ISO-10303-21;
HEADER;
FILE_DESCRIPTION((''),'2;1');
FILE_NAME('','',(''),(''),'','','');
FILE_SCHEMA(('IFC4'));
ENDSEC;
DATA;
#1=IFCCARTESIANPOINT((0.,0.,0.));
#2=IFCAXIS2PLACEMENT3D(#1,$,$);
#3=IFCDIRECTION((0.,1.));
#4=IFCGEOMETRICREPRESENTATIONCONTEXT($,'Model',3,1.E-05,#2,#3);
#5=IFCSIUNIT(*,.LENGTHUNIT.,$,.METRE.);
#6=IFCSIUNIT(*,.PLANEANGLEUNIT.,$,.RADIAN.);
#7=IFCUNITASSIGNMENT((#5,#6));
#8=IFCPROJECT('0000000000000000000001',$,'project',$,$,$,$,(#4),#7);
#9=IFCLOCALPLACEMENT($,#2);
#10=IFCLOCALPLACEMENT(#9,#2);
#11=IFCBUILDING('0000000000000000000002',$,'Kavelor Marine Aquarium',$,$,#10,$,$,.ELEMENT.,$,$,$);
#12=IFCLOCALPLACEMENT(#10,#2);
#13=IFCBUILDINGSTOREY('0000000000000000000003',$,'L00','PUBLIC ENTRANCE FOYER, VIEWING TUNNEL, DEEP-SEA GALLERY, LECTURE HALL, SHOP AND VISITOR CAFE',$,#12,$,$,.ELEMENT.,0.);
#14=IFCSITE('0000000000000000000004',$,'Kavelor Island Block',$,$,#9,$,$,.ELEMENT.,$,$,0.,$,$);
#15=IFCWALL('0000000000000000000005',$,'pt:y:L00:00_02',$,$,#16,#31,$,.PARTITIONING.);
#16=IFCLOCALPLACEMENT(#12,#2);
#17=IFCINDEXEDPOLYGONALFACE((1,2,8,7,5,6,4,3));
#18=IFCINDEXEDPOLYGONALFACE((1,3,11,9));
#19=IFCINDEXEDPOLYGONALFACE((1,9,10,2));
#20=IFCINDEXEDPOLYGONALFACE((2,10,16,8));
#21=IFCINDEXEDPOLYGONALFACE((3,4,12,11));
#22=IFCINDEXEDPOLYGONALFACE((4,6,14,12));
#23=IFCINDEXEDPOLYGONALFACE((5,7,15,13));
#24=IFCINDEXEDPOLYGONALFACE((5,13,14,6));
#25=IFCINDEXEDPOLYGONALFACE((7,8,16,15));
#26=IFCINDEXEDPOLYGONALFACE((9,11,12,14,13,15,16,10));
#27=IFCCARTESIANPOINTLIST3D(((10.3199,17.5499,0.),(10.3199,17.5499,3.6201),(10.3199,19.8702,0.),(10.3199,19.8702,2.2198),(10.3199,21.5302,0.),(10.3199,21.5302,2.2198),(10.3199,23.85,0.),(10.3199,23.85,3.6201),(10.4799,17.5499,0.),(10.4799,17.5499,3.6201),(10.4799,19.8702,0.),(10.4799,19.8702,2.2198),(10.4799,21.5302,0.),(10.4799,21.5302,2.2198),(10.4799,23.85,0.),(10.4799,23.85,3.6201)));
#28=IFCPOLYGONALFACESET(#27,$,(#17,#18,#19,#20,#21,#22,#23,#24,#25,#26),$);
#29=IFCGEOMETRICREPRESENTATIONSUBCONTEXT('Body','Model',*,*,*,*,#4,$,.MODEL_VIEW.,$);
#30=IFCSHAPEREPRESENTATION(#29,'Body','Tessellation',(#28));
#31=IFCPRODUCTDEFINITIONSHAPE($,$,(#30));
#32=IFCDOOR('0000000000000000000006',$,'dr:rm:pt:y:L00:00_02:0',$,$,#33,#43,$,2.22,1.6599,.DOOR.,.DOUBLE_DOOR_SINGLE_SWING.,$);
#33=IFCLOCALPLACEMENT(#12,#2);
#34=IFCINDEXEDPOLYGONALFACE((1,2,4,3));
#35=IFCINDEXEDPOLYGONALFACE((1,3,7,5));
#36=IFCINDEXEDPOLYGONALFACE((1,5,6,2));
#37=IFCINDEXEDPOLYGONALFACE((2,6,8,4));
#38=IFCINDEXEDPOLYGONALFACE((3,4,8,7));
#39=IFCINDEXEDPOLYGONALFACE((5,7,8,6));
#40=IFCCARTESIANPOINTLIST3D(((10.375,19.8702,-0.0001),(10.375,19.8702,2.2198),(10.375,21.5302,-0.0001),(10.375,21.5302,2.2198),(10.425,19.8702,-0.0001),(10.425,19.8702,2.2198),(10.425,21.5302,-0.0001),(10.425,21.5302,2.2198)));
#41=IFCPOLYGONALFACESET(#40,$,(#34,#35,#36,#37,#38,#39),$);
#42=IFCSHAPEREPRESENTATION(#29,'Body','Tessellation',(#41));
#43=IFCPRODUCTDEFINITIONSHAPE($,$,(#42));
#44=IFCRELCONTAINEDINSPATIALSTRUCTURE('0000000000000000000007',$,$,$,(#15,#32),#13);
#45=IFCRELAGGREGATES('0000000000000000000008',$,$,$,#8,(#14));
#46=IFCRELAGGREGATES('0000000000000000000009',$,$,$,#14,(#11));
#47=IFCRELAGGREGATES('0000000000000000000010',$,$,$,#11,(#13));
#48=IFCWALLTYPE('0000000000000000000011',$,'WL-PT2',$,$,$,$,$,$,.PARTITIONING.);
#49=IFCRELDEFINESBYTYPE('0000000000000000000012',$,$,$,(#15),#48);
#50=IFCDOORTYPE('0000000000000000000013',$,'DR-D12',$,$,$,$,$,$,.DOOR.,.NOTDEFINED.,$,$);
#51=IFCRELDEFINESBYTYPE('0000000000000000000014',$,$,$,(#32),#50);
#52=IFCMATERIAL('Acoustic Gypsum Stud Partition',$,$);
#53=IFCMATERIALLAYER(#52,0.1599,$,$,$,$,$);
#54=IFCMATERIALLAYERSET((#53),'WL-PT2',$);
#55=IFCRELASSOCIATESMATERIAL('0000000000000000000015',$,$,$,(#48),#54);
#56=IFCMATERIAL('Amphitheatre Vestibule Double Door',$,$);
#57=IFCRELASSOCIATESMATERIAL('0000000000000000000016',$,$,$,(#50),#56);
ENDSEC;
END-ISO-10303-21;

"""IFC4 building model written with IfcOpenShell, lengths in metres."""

from ifc_helpers import new_model, si_unit, direction, frame, frame_2d, origin, place, context, subcontext, project, spatial, rectangle, extrude, material, layer, layer_set, type_object, element, fill, save


model = new_model("IFC4")

# Units and contexts
model_context = context("Model", 3, precision=1e-05, world=origin(), true_north=direction((0.0, 1.0)))
body_context = subcontext(model_context, "Body", "Model", "MODEL_VIEW")
ifc_project = project(units=[si_unit("LENGTHUNIT", "METRE"), si_unit("PLANEANGLEUNIT", "RADIAN")], contexts=[model_context])

# Site, building, storey
site_placement = place(None, origin())
site = spatial("IfcSite", under=ifc_project, at=site_placement, Name="Kavelor Island Block", CompositionType="ELEMENT", RefElevation=0.0)
building_placement = place(site_placement, origin())
building = spatial("IfcBuilding", under=site, at=building_placement, Name="Kavelor Marine Aquarium", CompositionType="ELEMENT")
storey_placement = place(building_placement, origin())
storey = spatial("IfcBuildingStorey", under=building, at=storey_placement, Name="L00", Description="PUBLIC ENTRANCE FOYER, VIEWING TUNNEL, DEEP-SEA GALLERY, LECTURE HALL, SHOP AND VISITOR CAFE", CompositionType="ELEMENT", Elevation=0.0)

# Wall, opening, door
ifc_material_1 = material(Name="Acoustic Gypsum Stud Partition")
ifc_layer_1 = layer(ifc_material_1, 0.1599)
ifc_layer_set_1 = layer_set([ifc_layer_1], Name="WL-PT2")
wall_type_1 = type_object("IfcWallType", Name="WL-PT2", PredefinedType="PARTITIONING", material=ifc_layer_set_1)
wall_1_placement = place(storey_placement, frame((10.3999, 17.55, 0.0), z_axis=(0.0, 0.0, 1.0), x_axis=(0.0, 1.0, 0.0)))
wall_1 = element("IfcWall", 1, at=wall_1_placement, inside=storey, type_object=wall_type_1, Name="pt:y:L00:00_02", PredefinedType="PARTITIONING", context=body_context, shape_type="SweptSolid", body=[
    extrude(rectangle(XDim=6.3, YDim=0.1599, at=frame_2d((3.1499, 0.0))), origin(), (0.0, 0.0, 1.0), 3.6201),
])
opening_1_placement = place(wall_1_placement, frame((2.3201, 0.0, 0.0)))
opening_1 = element("IfcOpeningElement", 2, at=opening_1_placement, cuts=wall_1, PredefinedType="OPENING", context=body_context, shape_type="SweptSolid", body=[
    extrude(rectangle(XDim=1.6599, YDim=2.22, at=frame_2d((0.8301, 1.1099))), frame((0.0, 0.0898, 0.0), z_axis=(0.0, -1.0, 0.0), x_axis=(1.0, 0.0, 0.0)), (0.0, 0.0, 1.0), 0.1799),
])
ifc_material_2 = material(Name="Amphitheatre Vestibule Double Door")
door_type_1 = type_object("IfcDoorType", Name="DR-D12", OperationType="NOTDEFINED", PredefinedType="DOOR", material=ifc_material_2)
door_1_placement = place(opening_1_placement, origin())
door_1 = element("IfcDoor", 3, at=door_1_placement, inside=storey, type_object=door_type_1, Name="dr:rm:pt:y:L00:00_02:0", OperationType="DOUBLE_DOOR_SINGLE_SWING", OverallHeight=2.22, OverallWidth=1.6599, PredefinedType="DOOR", context=body_context, shape_type="SweptSolid", body=[
    extrude(rectangle(XDim=1.6599, YDim=2.22, at=frame_2d((0.8301, 1.1099))), frame((0.0, 0.0249, 0.0), z_axis=(0.0, -1.0, 0.0), x_axis=(1.0, 0.0, 0.0)), (0.0, 0.0, 1.0), 0.05),
])
fill(opening_1, door_1)

save(model, "model.ifc")
